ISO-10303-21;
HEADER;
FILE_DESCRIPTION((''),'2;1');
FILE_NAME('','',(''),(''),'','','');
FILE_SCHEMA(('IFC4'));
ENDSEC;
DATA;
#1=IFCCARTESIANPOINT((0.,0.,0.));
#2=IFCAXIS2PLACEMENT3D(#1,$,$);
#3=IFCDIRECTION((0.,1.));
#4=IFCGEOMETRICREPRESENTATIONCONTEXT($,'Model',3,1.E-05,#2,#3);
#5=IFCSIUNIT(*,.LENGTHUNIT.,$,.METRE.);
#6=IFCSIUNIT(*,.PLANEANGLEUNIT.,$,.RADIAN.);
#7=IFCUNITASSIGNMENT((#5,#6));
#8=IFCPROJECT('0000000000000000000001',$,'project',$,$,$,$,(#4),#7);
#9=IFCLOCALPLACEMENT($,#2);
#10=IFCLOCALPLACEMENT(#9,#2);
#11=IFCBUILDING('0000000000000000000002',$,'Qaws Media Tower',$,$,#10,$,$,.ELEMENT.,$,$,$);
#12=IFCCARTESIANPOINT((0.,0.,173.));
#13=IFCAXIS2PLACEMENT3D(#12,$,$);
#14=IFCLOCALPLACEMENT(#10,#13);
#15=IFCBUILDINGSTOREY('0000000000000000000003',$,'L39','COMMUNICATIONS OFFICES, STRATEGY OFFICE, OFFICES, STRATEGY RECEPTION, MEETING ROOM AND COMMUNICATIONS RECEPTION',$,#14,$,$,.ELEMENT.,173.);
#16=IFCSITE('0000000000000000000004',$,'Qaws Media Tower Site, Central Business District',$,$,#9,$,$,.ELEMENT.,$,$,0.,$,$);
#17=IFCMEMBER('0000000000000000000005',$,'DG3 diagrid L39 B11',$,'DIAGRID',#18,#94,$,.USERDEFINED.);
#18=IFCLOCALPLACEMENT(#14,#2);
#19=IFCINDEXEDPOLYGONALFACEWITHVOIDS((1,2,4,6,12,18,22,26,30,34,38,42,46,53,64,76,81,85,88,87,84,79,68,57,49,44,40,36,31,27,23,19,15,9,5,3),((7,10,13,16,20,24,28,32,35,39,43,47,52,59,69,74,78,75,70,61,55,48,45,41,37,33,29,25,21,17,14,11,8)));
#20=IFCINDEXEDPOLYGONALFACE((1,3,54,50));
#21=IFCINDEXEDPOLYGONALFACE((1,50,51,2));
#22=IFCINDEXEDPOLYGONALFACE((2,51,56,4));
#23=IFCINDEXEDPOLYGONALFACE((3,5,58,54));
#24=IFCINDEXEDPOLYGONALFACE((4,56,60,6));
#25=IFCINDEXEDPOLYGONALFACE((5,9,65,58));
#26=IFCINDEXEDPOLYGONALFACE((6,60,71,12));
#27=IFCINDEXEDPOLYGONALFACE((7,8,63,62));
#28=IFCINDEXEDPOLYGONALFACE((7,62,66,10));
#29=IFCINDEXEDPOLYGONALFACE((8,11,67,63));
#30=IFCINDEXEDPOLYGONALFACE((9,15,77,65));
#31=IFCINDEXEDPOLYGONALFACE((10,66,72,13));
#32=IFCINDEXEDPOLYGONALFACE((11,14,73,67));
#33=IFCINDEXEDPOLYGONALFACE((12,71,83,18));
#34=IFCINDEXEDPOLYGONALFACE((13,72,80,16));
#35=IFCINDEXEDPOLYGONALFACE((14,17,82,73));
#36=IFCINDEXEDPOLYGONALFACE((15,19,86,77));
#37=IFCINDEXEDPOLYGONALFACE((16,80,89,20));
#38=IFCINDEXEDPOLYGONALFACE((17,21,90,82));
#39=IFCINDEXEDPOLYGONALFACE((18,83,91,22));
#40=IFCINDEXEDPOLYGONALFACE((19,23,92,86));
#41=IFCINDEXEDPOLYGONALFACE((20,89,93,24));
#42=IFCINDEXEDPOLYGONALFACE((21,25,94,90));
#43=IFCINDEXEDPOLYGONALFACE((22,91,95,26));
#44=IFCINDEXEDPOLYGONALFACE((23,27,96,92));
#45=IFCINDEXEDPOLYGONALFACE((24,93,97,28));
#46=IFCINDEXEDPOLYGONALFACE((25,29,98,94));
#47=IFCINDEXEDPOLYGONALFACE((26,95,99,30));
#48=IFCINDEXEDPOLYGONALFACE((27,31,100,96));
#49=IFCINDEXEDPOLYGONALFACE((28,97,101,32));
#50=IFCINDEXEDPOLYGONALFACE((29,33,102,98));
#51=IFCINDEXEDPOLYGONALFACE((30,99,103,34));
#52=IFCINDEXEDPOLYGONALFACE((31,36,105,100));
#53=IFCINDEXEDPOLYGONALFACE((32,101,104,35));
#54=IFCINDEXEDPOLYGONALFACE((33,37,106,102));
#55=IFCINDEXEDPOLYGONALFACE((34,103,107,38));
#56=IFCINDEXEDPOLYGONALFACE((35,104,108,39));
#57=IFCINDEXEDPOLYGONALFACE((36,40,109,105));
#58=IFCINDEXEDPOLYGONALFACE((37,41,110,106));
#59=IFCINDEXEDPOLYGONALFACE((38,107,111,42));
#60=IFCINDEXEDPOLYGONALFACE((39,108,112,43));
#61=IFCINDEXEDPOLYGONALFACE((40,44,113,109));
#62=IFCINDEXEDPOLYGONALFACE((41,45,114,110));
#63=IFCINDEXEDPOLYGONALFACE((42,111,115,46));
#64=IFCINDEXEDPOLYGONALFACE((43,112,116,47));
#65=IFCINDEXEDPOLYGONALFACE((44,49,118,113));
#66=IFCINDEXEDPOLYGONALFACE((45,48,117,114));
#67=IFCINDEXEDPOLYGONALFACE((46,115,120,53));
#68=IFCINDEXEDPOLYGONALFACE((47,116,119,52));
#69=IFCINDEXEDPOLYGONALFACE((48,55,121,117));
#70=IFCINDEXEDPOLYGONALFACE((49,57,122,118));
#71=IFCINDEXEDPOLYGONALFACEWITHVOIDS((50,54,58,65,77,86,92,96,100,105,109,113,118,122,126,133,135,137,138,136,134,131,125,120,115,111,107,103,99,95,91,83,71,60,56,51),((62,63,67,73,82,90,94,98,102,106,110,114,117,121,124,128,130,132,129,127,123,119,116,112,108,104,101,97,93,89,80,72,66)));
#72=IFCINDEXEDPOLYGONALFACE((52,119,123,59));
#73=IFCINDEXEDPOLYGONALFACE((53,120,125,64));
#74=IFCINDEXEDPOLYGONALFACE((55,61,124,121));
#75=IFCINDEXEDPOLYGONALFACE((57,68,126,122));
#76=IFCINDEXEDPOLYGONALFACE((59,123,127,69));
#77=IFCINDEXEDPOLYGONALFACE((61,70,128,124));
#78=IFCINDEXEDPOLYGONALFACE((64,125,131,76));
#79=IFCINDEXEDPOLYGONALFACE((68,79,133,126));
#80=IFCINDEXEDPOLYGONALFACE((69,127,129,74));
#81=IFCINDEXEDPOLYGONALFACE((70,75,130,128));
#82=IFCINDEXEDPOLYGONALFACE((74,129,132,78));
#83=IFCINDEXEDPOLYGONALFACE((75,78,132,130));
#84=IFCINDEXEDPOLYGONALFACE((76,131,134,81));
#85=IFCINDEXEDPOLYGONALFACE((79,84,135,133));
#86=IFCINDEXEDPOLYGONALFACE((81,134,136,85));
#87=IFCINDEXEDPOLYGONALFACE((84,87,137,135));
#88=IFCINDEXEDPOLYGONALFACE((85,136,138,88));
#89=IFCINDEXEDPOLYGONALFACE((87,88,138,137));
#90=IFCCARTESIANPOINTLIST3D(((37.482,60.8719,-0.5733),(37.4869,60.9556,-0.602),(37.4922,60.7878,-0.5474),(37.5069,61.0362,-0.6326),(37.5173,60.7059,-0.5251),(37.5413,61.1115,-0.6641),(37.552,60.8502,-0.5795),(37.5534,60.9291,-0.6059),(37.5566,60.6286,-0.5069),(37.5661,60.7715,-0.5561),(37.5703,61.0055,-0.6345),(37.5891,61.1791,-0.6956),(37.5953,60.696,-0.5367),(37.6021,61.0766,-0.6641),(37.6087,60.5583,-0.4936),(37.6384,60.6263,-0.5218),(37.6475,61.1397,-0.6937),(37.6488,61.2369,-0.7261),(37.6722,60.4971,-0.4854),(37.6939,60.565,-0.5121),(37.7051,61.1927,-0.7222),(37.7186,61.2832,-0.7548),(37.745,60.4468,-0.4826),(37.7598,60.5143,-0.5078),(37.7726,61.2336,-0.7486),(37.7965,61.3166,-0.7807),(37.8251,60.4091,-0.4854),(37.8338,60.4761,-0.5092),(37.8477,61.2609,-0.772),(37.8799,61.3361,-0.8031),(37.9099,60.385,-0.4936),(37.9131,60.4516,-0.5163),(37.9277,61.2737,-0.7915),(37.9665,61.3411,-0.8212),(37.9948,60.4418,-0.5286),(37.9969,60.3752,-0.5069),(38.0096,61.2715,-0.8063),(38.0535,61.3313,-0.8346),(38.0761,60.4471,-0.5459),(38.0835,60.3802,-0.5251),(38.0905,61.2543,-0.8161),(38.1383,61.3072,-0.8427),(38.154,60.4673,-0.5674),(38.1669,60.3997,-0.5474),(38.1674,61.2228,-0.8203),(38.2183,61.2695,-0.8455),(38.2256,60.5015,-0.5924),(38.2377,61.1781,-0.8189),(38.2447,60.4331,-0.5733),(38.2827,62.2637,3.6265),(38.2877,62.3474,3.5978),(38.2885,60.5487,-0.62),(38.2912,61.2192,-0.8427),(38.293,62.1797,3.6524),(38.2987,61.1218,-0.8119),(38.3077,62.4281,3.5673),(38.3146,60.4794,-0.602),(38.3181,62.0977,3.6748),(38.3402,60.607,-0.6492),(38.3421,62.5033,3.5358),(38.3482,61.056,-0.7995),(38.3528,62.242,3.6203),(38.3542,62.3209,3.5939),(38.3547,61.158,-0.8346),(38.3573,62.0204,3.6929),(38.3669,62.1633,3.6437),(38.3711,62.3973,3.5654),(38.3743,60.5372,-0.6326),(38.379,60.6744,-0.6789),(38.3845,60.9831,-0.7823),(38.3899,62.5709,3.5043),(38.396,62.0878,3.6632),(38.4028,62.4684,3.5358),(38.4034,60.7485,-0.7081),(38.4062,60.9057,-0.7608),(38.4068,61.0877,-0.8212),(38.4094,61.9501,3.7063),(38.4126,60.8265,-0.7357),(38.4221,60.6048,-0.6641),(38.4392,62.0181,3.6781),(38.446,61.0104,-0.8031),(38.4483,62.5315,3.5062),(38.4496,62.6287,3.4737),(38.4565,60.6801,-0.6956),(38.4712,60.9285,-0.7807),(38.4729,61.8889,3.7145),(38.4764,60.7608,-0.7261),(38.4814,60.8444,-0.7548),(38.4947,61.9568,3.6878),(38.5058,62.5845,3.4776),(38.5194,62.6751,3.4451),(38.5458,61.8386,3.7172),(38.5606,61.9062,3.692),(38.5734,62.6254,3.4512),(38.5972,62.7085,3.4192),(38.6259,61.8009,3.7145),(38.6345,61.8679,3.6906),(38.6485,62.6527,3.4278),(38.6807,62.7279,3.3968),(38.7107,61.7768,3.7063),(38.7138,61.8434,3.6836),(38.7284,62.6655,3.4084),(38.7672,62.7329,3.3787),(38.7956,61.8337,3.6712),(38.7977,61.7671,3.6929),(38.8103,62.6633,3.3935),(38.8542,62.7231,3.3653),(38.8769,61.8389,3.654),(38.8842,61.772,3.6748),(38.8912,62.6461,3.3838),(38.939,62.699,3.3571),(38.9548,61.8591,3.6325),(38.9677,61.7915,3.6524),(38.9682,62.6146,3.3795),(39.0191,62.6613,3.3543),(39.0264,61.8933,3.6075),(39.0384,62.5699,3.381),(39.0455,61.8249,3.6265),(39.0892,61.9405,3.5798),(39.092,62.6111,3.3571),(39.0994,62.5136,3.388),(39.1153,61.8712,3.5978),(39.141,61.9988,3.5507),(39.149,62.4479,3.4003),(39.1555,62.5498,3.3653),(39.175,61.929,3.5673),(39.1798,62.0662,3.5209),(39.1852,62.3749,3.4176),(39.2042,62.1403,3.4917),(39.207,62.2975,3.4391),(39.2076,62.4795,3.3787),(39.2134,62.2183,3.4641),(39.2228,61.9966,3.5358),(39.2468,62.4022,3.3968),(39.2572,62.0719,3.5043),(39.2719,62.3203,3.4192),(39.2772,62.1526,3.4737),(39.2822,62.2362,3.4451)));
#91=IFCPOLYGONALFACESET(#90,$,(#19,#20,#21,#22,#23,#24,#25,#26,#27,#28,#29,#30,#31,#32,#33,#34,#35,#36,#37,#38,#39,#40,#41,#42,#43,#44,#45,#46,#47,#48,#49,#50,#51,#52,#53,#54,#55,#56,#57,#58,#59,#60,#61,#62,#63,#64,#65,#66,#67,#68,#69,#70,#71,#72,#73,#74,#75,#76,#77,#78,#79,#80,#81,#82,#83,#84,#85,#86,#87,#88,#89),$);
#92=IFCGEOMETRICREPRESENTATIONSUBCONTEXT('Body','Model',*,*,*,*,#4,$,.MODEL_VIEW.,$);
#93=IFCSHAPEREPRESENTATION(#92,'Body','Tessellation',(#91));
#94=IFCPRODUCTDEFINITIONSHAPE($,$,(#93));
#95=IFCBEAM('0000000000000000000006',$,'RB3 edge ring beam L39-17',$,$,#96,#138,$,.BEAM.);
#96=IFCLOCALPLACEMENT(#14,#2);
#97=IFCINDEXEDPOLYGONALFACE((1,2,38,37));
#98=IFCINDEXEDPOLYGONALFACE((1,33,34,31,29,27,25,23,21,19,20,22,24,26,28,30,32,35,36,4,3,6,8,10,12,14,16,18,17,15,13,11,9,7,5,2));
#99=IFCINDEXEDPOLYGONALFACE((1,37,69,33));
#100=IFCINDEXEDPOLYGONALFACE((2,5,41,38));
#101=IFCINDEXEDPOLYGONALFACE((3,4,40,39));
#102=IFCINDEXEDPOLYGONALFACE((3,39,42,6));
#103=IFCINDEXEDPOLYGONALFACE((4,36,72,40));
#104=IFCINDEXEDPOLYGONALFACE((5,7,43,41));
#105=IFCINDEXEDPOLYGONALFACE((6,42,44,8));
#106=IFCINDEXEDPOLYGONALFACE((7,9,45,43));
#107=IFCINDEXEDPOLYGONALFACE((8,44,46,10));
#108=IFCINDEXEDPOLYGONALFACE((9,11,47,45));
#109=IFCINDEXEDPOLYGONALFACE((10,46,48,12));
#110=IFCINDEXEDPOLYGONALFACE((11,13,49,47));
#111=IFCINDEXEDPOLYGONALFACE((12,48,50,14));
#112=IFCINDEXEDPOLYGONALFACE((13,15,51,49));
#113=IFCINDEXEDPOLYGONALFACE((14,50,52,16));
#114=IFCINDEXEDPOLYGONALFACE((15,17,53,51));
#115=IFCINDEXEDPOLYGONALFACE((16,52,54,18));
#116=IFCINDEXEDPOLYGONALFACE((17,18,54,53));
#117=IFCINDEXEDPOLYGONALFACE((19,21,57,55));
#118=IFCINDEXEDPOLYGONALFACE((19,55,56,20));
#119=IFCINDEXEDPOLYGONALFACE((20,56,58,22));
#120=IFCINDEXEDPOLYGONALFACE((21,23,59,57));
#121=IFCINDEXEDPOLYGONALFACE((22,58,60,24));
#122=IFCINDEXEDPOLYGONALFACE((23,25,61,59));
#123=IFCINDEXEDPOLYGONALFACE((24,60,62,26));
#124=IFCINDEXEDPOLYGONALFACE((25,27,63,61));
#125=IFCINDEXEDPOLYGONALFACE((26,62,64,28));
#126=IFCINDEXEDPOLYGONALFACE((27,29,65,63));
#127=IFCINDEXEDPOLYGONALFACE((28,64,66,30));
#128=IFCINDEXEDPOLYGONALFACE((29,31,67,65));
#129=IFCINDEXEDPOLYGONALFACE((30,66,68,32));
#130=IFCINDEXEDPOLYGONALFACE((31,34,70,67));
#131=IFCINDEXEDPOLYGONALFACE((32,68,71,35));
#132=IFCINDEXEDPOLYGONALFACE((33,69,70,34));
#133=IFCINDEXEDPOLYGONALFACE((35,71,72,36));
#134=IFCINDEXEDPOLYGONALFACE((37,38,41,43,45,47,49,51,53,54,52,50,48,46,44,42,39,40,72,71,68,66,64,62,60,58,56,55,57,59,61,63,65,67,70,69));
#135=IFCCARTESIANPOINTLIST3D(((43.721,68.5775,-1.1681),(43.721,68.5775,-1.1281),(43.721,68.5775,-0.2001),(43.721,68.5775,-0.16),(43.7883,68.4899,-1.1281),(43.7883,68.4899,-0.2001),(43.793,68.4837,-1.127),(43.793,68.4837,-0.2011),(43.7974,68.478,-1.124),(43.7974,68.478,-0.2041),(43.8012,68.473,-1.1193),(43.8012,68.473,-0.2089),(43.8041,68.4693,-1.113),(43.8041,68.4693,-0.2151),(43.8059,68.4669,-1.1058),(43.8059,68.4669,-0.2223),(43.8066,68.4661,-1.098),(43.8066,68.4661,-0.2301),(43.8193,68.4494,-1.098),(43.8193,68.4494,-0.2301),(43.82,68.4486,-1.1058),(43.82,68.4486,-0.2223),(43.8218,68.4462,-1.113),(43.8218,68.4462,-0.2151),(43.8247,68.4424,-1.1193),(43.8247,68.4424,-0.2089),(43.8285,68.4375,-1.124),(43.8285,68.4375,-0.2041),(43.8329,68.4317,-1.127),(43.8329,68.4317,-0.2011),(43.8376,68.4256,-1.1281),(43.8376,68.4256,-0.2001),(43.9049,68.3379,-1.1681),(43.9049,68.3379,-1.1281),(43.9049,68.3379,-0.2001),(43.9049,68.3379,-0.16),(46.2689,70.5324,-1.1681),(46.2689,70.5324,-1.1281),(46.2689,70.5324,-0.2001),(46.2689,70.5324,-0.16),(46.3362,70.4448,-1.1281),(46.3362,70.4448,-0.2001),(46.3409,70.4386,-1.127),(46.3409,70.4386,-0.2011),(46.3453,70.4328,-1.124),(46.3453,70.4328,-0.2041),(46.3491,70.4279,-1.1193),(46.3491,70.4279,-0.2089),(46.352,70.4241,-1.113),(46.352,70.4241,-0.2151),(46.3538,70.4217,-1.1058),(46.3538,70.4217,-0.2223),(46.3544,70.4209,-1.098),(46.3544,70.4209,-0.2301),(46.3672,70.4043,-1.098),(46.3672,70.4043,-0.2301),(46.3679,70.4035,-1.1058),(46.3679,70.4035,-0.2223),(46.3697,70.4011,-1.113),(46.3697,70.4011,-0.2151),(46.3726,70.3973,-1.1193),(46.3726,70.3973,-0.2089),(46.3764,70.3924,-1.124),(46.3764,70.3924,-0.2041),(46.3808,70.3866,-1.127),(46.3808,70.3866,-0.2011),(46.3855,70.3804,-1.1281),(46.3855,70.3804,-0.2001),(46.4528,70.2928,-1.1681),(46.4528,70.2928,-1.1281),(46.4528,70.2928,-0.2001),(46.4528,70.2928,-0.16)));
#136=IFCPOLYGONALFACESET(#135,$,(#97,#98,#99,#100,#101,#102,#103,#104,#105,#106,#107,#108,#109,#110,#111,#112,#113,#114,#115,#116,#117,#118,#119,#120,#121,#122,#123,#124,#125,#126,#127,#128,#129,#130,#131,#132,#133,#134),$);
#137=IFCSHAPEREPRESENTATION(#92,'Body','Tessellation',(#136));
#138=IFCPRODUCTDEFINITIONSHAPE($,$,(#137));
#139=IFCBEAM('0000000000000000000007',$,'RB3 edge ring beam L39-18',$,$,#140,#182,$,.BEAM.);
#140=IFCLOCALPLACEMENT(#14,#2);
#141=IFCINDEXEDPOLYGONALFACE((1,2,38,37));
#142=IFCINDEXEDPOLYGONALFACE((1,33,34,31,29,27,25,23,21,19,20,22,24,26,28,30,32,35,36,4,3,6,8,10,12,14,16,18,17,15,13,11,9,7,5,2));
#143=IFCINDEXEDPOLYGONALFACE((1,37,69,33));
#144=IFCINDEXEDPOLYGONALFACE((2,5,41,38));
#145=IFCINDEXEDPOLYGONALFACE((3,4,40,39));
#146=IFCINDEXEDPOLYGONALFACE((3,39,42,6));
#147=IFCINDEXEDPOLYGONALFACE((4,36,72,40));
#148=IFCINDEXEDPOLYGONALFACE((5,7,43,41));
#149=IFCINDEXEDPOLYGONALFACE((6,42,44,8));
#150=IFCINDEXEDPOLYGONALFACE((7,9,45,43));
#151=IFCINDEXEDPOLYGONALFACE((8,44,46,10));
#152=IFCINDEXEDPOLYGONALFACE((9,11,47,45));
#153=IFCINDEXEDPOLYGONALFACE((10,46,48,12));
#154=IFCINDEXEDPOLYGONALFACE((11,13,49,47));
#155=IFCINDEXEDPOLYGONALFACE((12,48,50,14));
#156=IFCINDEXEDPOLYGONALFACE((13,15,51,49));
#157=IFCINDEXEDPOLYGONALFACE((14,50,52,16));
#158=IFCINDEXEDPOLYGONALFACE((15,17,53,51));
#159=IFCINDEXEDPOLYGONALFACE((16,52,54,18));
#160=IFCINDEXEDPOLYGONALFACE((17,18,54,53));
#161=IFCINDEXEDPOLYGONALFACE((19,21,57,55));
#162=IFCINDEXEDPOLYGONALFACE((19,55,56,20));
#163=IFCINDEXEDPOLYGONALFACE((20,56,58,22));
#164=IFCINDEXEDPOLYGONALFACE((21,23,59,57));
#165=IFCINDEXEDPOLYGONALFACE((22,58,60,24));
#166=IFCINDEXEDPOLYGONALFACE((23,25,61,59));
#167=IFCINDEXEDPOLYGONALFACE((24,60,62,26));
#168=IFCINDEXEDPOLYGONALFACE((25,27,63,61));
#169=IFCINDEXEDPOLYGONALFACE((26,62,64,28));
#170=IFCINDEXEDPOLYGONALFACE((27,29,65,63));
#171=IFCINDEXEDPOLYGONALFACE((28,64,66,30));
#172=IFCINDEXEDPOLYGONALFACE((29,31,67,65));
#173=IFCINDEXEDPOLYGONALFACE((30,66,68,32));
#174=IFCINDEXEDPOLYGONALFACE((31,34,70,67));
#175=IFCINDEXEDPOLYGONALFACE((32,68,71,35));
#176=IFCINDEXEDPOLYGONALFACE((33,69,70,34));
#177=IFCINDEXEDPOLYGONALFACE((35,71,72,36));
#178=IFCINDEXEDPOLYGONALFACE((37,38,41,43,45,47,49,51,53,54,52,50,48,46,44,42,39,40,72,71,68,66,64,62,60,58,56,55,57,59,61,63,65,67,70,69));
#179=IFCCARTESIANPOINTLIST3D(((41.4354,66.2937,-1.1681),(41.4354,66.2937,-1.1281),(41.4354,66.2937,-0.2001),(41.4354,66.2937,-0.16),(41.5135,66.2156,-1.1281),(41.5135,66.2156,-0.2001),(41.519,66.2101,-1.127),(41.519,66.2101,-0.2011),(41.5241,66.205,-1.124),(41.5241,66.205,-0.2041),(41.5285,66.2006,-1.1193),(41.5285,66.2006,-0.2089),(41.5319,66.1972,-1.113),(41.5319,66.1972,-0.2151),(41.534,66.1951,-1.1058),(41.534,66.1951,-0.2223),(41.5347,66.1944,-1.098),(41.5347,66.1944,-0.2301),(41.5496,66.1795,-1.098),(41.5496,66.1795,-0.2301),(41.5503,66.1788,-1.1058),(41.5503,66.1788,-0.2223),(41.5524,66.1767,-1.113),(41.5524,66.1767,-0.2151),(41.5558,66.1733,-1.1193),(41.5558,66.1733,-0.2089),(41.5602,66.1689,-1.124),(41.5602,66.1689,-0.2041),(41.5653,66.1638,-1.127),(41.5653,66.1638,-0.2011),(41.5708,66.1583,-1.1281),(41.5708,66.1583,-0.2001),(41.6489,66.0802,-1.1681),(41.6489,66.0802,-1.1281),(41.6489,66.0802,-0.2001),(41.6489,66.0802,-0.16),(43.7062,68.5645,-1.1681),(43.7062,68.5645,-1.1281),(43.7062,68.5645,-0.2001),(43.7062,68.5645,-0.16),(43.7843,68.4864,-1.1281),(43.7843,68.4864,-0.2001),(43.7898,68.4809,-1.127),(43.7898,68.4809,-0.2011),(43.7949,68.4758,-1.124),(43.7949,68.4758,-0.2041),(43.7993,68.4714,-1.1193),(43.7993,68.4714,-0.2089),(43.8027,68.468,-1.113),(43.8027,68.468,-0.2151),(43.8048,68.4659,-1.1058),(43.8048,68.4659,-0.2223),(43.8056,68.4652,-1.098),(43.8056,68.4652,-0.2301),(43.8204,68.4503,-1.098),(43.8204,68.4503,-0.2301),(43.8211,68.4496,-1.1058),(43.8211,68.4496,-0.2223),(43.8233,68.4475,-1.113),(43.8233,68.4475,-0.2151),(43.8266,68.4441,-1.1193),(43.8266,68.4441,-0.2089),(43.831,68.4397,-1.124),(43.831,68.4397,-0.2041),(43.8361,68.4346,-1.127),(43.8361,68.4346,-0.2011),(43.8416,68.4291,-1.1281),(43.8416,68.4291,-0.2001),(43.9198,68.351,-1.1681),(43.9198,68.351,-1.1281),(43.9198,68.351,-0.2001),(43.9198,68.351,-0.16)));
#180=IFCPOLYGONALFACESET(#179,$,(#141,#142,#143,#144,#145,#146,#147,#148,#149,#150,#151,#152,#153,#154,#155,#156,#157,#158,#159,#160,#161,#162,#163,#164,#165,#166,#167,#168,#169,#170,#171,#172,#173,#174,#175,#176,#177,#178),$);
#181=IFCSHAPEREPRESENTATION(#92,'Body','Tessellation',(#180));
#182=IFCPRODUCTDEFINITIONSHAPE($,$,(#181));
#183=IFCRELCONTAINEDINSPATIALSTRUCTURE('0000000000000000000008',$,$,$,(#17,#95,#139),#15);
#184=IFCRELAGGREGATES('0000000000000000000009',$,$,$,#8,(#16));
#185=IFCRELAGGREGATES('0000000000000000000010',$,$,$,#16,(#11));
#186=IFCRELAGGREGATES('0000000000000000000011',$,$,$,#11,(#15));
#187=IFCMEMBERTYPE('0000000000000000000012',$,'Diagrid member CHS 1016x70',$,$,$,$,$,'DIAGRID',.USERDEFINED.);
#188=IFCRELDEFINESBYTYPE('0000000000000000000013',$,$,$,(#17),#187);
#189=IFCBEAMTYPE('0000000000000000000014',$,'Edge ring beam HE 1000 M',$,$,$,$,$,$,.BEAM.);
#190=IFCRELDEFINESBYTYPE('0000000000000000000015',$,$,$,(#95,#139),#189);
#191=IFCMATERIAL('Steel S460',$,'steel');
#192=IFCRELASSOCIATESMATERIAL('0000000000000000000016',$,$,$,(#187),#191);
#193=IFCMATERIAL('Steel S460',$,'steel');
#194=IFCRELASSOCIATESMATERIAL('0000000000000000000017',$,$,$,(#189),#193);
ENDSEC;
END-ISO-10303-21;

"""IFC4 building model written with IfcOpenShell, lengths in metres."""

from ifc_helpers import new_model, si_unit, direction, frame, origin, origin_2d, place, context, subcontext, project, spatial, hollow_circle, i_section, extrude, material, material_profile, profile_set, type_object, element, save


model = new_model("IFC4")

# Units and contexts
model_context = context("Model", 3, precision=1e-05, world=origin(), true_north=direction((0.0, 1.0)))
body_context = subcontext(model_context, "Body", "Model", "MODEL_VIEW")
ifc_project = project(units=[si_unit("LENGTHUNIT", "METRE"), si_unit("PLANEANGLEUNIT", "RADIAN")], contexts=[model_context])

# Site, building, storey
site_placement = place(None, origin())
site = spatial("IfcSite", under=ifc_project, at=site_placement, Name="Qaws Media Tower Site, Central Business District", CompositionType="ELEMENT", RefElevation=0.0)
building_placement = place(site_placement, origin())
building = spatial("IfcBuilding", under=site, at=building_placement, Name="Qaws Media Tower", CompositionType="ELEMENT")
storey_placement = place(building_placement, frame((0.0, 0.0, 173.0)))
storey = spatial("IfcBuildingStorey", under=building, at=storey_placement, Name="L39", Description="COMMUNICATIONS OFFICES, STRATEGY OFFICE, OFFICES, STRATEGY RECEPTION, MEETING ROOM AND COMMUNICATIONS RECEPTION", CompositionType="ELEMENT", Elevation=173.0)

# Member
ifc_material_1 = material(Name="Steel S460", Category="steel")
ifc_material_profile_1 = material_profile(ifc_material_1, hollow_circle(Radius=0.5081, WallThickness=0.0701, at=origin_2d()), Name="CHS 1016x70")
ifc_profile_set_1 = profile_set([ifc_material_profile_1], Name="Steel S460")
member_type_1 = type_object("IfcMemberType", Name="Diagrid member CHS 1016x70", ElementType="DIAGRID", PredefinedType="USERDEFINED", material=ifc_profile_set_1)
for number, where, z_axis, x_axis, name in (
    (1, (37.9817, 60.8582, -0.6641), (0.178092, 0.309543, 0.934059), (-0.86678, 0.498691, 0.0), "DG3 diagrid L39 B11"),
):
    element("IfcMember", number, at=place(storey_placement, frame(where, z_axis=z_axis, x_axis=x_axis)), inside=storey, type_object=member_type_1, Name=name, ObjectType="DIAGRID", PredefinedType="USERDEFINED", context=body_context, shape_type="SweptSolid", body=[
        extrude(hollow_circle(Radius=0.5081, WallThickness=0.0701, at=origin_2d()), origin(), (0.0, 0.0, 1.0), 4.4963),
    ])

# Beams
ifc_material_2 = material(Name="Steel S460", Category="steel")
ifc_material_profile_2 = material_profile(ifc_material_2, i_section(OverallWidth=0.302, OverallDepth=1.0081, WebThickness=0.021, FlangeThickness=0.04, FilletRadius=0.03, at=origin_2d()), Name="HE 1000 M")
ifc_profile_set_2 = profile_set([ifc_material_profile_2], Name="Steel S460")
beam_type = type_object("IfcBeamType", Name="Edge ring beam HE 1000 M", PredefinedType="BEAM", material=ifc_profile_set_2)
for number, where, z_axis, x_axis, name in (
    (2, (46.3608, 70.4126, -0.6641), (-0.793384, -0.608722, 0.0), (0.608722, -0.793384, 0.0), "RB3 edge ring beam L39-17"),
    (3, (43.813, 68.4578, -0.6641), (-0.707107, -0.707107, 0.0), (0.707107, -0.707107, 0.0), "RB3 edge ring beam L39-18"),
):
    element("IfcBeam", number, at=place(storey_placement, frame(where, z_axis=z_axis, x_axis=x_axis)), inside=storey, type_object=beam_type, Name=name, PredefinedType="BEAM", context=body_context, shape_type="SweptSolid", body=[
        extrude(i_section(OverallWidth=0.302, OverallDepth=1.0081, WebThickness=0.021, FlangeThickness=0.04, FilletRadius=0.03, at=origin_2d()), origin(), (0.0, 0.0, 1.0), 3.2114),
    ])

save(model, "model.ifc")
